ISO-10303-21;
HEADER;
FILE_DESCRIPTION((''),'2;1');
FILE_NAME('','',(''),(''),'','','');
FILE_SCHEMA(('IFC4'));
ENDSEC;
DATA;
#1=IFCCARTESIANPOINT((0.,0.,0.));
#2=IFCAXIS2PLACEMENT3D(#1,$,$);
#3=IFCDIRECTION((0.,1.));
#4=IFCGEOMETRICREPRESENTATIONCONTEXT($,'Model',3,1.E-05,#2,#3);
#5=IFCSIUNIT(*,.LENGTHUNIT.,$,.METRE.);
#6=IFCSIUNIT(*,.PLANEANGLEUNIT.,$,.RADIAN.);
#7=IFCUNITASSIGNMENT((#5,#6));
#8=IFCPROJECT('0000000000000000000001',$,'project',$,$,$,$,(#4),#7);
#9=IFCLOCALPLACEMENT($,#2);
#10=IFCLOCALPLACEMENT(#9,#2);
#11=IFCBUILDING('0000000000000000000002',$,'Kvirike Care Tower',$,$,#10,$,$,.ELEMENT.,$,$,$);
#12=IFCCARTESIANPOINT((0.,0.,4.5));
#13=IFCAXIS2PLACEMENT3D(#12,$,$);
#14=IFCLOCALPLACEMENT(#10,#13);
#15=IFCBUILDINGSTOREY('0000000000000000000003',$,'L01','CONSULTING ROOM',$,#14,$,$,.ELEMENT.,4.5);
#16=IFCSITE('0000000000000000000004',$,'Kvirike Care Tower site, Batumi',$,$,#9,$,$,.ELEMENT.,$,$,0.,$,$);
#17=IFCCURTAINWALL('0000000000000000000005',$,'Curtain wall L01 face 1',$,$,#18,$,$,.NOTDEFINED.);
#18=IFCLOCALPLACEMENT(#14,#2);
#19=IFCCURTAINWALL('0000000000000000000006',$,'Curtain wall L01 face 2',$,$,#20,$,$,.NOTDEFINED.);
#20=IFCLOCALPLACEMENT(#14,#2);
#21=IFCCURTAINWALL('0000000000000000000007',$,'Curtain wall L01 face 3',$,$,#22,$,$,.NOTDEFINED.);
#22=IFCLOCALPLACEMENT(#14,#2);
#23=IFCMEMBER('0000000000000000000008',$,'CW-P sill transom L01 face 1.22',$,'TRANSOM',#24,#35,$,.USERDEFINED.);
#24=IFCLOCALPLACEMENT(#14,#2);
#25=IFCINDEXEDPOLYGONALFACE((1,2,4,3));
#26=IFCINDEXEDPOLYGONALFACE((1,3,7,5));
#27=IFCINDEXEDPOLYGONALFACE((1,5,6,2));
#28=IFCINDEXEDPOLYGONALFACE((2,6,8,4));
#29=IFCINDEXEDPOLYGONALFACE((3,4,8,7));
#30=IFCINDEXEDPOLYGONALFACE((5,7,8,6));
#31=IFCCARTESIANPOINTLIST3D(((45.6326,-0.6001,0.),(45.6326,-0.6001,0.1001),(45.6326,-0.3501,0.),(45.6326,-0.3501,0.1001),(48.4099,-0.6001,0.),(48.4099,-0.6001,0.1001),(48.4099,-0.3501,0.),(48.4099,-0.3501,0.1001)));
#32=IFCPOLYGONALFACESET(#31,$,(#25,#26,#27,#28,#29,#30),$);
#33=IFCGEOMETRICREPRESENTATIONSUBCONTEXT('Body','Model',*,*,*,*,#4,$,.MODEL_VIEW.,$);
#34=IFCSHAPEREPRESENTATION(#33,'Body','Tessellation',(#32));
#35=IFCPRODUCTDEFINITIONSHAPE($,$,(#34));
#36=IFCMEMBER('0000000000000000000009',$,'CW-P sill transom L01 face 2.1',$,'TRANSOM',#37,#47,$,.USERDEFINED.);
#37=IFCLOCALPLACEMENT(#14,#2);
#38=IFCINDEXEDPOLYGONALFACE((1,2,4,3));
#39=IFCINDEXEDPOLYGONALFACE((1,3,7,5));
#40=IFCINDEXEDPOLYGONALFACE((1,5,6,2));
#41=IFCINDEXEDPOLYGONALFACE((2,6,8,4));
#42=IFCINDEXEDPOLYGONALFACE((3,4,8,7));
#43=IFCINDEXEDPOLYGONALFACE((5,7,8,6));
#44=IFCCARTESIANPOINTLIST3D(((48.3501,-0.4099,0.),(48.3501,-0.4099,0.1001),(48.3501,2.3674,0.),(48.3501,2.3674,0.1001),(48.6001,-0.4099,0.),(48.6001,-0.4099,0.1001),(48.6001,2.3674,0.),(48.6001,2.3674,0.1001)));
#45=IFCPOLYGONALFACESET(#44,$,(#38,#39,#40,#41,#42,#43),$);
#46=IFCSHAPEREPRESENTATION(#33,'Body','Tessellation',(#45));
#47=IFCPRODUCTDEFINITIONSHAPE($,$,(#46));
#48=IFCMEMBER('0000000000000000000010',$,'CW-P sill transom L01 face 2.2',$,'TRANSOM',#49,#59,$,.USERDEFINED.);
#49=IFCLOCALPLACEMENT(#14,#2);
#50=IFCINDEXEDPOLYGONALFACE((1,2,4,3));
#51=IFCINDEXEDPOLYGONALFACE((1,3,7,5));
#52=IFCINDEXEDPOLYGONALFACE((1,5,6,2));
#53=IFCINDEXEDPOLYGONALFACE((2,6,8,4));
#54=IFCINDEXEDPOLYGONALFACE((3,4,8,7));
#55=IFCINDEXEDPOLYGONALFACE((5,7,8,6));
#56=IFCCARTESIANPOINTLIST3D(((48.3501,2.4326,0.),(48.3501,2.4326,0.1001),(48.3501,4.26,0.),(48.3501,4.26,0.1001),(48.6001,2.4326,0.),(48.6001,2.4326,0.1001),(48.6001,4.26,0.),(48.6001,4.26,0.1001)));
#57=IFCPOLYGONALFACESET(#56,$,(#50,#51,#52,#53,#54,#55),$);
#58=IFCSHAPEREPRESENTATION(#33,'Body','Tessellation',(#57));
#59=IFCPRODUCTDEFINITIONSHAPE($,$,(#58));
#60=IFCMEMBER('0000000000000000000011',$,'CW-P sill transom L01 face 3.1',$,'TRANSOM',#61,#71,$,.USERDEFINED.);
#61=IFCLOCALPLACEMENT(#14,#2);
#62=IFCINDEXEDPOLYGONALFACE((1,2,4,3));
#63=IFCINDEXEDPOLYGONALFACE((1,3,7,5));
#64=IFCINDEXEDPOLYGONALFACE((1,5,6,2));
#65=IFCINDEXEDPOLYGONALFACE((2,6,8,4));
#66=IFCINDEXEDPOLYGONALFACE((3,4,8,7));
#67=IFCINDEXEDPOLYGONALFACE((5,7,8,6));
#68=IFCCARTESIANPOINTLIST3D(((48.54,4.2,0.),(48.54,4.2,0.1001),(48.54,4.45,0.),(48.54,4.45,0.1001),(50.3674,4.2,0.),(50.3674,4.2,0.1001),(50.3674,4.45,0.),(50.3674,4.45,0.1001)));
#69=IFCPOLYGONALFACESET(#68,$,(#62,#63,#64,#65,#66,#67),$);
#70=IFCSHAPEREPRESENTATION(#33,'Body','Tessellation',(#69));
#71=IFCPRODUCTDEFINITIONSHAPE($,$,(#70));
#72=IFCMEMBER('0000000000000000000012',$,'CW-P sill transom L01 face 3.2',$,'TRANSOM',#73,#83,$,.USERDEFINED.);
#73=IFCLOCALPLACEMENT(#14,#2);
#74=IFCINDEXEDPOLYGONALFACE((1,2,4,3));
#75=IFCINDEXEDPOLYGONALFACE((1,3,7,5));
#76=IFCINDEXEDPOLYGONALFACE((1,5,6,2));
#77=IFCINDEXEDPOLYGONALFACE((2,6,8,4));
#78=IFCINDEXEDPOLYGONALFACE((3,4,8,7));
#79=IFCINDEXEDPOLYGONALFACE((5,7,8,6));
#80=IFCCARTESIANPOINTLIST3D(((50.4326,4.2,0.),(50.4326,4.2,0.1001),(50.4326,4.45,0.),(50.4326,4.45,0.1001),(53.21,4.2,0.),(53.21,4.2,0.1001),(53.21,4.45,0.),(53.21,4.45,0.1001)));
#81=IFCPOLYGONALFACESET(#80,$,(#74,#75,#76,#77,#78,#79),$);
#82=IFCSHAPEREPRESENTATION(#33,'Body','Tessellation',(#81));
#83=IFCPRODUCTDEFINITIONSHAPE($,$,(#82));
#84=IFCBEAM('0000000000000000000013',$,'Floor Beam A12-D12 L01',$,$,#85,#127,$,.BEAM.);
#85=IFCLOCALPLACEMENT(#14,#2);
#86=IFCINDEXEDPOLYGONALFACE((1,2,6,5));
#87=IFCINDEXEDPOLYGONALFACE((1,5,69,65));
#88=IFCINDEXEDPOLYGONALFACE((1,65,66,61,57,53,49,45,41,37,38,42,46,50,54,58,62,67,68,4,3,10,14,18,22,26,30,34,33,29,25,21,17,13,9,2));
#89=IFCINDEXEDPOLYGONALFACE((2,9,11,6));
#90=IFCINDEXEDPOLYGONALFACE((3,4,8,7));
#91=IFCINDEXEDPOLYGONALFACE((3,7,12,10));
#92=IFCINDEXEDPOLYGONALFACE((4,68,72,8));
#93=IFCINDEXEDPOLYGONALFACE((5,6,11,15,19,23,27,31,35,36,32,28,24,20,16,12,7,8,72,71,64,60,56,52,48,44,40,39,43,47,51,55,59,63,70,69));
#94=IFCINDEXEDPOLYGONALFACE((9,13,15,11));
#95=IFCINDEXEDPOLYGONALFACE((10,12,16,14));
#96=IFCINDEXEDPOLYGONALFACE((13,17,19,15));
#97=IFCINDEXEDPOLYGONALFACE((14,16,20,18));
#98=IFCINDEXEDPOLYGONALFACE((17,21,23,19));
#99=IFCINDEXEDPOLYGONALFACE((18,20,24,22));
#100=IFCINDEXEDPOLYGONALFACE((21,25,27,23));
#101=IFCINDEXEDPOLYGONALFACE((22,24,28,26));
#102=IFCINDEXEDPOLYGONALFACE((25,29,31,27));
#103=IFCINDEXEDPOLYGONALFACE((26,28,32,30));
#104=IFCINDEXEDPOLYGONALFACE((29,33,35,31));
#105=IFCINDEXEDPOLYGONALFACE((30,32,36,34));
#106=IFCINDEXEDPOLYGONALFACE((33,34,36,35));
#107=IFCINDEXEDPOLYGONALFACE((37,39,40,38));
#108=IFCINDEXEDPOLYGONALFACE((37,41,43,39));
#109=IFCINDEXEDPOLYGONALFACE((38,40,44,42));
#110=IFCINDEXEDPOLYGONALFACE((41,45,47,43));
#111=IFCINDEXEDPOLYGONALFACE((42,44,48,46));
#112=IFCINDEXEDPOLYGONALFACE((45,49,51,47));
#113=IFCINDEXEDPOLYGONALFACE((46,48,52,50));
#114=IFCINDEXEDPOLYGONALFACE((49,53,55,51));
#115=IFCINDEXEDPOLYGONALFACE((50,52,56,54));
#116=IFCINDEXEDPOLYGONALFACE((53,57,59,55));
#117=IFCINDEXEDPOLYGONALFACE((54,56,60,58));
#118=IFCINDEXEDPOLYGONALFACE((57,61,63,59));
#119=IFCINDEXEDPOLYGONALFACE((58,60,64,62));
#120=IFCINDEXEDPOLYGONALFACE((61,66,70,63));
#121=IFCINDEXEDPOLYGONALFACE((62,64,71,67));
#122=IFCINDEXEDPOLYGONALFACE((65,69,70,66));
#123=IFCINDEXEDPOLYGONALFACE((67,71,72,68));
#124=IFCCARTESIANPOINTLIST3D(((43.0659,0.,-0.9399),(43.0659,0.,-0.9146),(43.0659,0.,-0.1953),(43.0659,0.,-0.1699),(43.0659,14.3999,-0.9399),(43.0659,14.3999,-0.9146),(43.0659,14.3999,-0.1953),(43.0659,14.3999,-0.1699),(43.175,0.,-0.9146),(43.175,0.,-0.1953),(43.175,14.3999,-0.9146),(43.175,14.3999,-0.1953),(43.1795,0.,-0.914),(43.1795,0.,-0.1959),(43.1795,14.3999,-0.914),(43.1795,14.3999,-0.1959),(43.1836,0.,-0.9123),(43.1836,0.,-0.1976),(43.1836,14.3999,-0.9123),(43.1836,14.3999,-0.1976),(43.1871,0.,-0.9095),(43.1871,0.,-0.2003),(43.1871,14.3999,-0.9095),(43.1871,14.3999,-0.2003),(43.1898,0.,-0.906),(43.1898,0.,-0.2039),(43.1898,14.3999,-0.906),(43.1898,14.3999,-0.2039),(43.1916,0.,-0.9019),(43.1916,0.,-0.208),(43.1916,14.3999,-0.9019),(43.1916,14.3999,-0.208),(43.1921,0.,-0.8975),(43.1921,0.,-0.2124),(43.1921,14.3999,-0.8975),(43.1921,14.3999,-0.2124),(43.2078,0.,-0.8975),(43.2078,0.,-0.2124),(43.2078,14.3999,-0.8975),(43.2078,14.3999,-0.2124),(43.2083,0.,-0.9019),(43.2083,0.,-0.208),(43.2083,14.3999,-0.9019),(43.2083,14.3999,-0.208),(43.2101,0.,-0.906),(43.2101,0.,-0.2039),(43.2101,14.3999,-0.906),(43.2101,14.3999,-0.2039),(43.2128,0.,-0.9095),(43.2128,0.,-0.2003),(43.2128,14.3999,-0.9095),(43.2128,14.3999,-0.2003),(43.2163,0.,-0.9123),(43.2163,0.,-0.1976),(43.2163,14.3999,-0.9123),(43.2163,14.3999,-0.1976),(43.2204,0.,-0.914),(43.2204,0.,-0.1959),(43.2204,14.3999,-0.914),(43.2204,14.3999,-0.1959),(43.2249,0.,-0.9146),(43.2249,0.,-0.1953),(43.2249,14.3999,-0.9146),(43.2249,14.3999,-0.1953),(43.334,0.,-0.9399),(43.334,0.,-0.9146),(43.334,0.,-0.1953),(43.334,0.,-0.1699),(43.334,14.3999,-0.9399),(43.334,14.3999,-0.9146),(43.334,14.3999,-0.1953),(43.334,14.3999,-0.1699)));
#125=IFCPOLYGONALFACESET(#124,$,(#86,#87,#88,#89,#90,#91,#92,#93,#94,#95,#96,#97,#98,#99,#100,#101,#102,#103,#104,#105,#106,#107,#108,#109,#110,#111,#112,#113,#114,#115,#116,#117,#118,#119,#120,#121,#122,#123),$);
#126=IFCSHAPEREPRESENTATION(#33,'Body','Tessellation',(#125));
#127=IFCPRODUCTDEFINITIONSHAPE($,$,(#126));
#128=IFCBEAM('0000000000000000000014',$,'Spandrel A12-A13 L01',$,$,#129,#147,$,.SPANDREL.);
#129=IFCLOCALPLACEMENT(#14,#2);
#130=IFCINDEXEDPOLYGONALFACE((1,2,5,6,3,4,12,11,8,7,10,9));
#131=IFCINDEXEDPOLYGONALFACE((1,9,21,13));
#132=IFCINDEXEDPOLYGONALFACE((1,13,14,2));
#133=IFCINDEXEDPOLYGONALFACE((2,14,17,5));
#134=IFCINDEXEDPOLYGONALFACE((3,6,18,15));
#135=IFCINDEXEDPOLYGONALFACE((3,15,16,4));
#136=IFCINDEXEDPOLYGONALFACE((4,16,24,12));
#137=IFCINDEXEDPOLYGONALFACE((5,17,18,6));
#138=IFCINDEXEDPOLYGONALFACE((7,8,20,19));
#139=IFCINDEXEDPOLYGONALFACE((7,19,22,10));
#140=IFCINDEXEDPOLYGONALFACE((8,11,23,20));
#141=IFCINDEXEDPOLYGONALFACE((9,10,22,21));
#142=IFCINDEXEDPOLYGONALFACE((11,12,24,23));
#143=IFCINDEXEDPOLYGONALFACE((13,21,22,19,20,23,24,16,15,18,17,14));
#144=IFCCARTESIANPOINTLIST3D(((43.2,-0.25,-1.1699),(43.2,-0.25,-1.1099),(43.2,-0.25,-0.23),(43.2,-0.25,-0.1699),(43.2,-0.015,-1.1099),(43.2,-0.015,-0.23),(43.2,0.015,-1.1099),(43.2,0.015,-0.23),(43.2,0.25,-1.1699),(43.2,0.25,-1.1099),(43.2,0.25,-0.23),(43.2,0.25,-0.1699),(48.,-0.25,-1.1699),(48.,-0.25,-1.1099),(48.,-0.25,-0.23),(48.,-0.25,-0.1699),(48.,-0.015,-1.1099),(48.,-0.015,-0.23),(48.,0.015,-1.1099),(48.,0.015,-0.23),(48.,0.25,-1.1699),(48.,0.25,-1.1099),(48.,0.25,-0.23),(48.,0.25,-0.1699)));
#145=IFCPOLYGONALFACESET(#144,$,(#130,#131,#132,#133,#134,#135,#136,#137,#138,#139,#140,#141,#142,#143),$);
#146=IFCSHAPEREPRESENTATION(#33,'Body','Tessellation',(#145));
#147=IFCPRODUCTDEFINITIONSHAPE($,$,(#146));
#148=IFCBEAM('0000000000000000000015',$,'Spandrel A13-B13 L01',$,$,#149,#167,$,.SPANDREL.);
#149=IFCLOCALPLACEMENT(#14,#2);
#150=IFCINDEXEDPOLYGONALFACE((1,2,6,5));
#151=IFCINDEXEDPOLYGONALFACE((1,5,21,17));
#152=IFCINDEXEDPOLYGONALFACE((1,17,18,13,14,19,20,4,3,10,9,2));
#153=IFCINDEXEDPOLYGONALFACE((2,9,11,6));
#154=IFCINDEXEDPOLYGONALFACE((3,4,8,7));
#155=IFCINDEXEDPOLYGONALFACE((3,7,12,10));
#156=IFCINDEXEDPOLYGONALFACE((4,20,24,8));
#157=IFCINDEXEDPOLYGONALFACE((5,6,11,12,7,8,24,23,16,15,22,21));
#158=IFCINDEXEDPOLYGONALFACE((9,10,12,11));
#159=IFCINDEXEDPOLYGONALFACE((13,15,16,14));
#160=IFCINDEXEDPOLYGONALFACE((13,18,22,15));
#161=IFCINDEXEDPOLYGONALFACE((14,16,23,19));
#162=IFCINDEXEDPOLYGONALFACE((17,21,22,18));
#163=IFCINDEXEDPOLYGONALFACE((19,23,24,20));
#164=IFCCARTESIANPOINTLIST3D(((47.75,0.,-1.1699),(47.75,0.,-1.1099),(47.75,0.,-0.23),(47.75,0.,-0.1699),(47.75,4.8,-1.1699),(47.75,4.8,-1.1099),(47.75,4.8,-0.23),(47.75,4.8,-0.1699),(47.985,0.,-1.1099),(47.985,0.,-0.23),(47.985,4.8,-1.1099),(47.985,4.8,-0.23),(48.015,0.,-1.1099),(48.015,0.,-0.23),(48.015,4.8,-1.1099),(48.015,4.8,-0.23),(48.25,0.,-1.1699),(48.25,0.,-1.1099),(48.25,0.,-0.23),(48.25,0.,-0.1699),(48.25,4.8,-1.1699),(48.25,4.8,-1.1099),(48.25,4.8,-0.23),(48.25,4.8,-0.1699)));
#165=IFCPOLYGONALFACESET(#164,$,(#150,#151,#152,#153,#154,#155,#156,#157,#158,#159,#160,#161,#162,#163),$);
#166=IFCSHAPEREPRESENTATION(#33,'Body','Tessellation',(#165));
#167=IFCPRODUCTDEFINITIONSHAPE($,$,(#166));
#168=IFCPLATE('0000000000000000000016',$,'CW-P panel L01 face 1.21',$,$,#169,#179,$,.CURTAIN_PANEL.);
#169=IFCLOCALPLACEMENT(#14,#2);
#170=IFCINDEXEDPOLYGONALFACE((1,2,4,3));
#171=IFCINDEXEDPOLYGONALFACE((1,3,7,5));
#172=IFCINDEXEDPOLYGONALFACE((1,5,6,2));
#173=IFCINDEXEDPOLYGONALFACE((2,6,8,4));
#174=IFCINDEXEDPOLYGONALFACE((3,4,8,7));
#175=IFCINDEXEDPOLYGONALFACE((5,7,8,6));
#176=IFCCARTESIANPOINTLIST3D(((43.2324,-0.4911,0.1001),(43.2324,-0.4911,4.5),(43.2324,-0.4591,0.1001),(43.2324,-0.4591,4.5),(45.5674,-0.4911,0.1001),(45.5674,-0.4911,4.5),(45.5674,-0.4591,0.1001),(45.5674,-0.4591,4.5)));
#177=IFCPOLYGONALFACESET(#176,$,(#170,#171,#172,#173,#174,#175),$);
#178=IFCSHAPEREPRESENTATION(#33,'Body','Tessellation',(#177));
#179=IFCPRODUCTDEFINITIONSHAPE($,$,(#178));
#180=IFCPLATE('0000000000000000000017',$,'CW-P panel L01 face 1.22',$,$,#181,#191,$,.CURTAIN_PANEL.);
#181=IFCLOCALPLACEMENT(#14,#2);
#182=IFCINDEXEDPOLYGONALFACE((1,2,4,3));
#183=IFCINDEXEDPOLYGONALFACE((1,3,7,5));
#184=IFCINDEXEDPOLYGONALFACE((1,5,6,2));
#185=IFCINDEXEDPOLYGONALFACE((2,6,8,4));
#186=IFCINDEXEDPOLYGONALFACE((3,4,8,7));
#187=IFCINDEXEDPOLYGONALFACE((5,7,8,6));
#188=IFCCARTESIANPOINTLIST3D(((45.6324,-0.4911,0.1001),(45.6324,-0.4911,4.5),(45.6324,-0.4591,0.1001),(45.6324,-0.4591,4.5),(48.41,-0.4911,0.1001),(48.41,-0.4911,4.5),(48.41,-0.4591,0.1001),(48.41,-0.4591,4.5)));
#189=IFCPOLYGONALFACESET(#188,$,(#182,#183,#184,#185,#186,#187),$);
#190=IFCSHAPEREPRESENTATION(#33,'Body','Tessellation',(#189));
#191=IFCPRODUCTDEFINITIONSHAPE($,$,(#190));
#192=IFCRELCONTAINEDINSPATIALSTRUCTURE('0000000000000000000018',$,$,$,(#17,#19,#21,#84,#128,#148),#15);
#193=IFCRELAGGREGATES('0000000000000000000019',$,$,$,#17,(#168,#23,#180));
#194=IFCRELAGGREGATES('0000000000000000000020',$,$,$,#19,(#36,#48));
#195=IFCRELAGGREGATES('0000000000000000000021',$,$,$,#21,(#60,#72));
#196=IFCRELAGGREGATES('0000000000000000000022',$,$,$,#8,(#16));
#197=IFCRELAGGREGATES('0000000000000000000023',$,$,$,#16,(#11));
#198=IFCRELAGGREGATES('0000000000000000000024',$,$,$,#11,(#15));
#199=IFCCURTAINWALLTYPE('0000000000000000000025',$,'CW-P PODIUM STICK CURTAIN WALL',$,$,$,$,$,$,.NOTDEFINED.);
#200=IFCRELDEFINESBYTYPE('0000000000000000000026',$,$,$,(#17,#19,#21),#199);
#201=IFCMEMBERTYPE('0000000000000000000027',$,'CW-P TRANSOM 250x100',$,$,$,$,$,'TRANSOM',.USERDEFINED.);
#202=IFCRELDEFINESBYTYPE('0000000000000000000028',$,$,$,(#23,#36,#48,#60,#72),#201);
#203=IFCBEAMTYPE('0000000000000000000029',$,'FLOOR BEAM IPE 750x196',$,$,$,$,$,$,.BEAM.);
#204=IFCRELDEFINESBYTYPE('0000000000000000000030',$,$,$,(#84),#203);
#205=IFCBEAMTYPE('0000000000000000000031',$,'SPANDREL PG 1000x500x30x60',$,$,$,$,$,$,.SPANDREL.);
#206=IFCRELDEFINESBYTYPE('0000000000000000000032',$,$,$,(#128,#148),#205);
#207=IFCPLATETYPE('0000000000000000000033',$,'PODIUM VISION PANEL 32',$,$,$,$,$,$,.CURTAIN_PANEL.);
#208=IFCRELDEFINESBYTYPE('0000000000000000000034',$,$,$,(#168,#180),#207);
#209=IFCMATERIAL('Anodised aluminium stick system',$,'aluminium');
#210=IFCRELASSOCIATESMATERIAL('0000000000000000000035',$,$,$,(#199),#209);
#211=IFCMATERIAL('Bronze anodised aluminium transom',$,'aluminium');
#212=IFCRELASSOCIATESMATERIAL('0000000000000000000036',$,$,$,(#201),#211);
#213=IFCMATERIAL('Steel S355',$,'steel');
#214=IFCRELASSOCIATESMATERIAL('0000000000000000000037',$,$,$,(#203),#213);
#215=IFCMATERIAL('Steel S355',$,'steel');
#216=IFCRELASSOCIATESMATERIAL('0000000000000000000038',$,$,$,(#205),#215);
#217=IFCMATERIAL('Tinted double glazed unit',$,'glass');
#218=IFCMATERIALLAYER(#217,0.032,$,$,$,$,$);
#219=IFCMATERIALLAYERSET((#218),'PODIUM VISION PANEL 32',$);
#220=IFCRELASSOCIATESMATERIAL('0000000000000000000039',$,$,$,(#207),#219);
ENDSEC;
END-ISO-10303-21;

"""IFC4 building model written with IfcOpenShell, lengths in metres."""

from ifc_helpers import new_model, si_unit, direction, frame, origin, origin_2d, place, context, subcontext, project, spatial, rectangle, i_section, extrude, material, layer, layer_set, material_profile, profile_set, type_object, element, aggregate, save


model = new_model("IFC4")

# Units and contexts
model_context = context("Model", 3, precision=1e-05, world=origin(), true_north=direction((0.0, 1.0)))
body_context = subcontext(model_context, "Body", "Model", "MODEL_VIEW")
ifc_project = project(units=[si_unit("LENGTHUNIT", "METRE"), si_unit("PLANEANGLEUNIT", "RADIAN")], contexts=[model_context])

# Site, building, storey
site_placement = place(None, origin())
site = spatial("IfcSite", under=ifc_project, at=site_placement, Name="Kvirike Care Tower site, Batumi", CompositionType="ELEMENT", RefElevation=0.0)
building_placement = place(site_placement, origin())
building = spatial("IfcBuilding", under=site, at=building_placement, Name="Kvirike Care Tower", CompositionType="ELEMENT")
storey_placement = place(building_placement, frame((0.0, 0.0, 4.5)))
storey = spatial("IfcBuildingStorey", under=building, at=storey_placement, Name="L01", Description="CONSULTING ROOM", CompositionType="ELEMENT", Elevation=4.5)

# Curtain walls
ifc_material_1 = material(Name="Anodised aluminium stick system", Category="aluminium")
curtain_wall_type = type_object("IfcCurtainWallType", Name="CW-P PODIUM STICK CURTAIN WALL", PredefinedType="NOTDEFINED", material=ifc_material_1)
curtain_wall_1_placement = place(storey_placement, origin())
curtain_wall_1 = element("IfcCurtainWall", 1, at=curtain_wall_1_placement, inside=storey, type_object=curtain_wall_type, Name="Curtain wall L01 face 1", PredefinedType="NOTDEFINED")
curtain_wall_2_placement = place(storey_placement, origin())
curtain_wall_2 = element("IfcCurtainWall", 2, at=curtain_wall_2_placement, inside=storey, type_object=curtain_wall_type, Name="Curtain wall L01 face 2", PredefinedType="NOTDEFINED")
curtain_wall_3_placement = place(storey_placement, origin())
curtain_wall_3 = element("IfcCurtainWall", 3, at=curtain_wall_3_placement, inside=storey, type_object=curtain_wall_type, Name="Curtain wall L01 face 3", PredefinedType="NOTDEFINED")

# Members
ifc_material_2 = material(Name="Bronze anodised aluminium transom", Category="aluminium")
ifc_material_profile_1 = material_profile(ifc_material_2, rectangle(XDim=0.25, YDim=0.1001, at=origin_2d()), Name="CW-P TRANSOM 250x100")
ifc_profile_set_1 = profile_set([ifc_material_profile_1], Name="Bronze anodised aluminium transom")
member_type_1 = type_object("IfcMemberType", Name="CW-P TRANSOM 250x100", ElementType="TRANSOM", PredefinedType="USERDEFINED", material=ifc_profile_set_1)
member_1_placement = place(storey_placement, frame((45.6326, -0.4751, 0.05), z_axis=(1.0, 0.0, 0.0), x_axis=(0.0, 1.0, 0.0)))
member_1 = element("IfcMember", 4, at=member_1_placement, type_object=member_type_1, Name="CW-P sill transom L01 face 1.22", ObjectType="TRANSOM", PredefinedType="USERDEFINED", context=body_context, shape_type="SweptSolid", body=[
    extrude(rectangle(XDim=0.25, YDim=0.1001, at=origin_2d()), origin(), (0.0, 0.0, 1.0), 2.7773),
])
member_2_placement = place(storey_placement, frame((48.4751, -0.4099, 0.05), z_axis=(0.0, 1.0, 0.0), x_axis=(-1.0, 0.0, 0.0)))
member_2 = element("IfcMember", 5, at=member_2_placement, type_object=member_type_1, Name="CW-P sill transom L01 face 2.1", ObjectType="TRANSOM", PredefinedType="USERDEFINED", context=body_context, shape_type="SweptSolid", body=[
    extrude(rectangle(XDim=0.25, YDim=0.1001, at=origin_2d()), origin(), (0.0, 0.0, 1.0), 2.7773),
])
member_3_placement = place(storey_placement, frame((48.4751, 2.4326, 0.05), z_axis=(0.0, 1.0, 0.0), x_axis=(-1.0, 0.0, 0.0)))
member_3 = element("IfcMember", 6, at=member_3_placement, type_object=member_type_1, Name="CW-P sill transom L01 face 2.2", ObjectType="TRANSOM", PredefinedType="USERDEFINED", context=body_context, shape_type="SweptSolid", body=[
    extrude(rectangle(XDim=0.25, YDim=0.1001, at=origin_2d()), origin(), (0.0, 0.0, 1.0), 1.8274),
])
member_4_placement = place(storey_placement, frame((48.54, 4.325, 0.05), z_axis=(1.0, 0.0, 0.0), x_axis=(0.0, 1.0, 0.0)))
member_4 = element("IfcMember", 7, at=member_4_placement, type_object=member_type_1, Name="CW-P sill transom L01 face 3.1", ObjectType="TRANSOM", PredefinedType="USERDEFINED", context=body_context, shape_type="SweptSolid", body=[
    extrude(rectangle(XDim=0.25, YDim=0.1001, at=origin_2d()), origin(), (0.0, 0.0, 1.0), 1.8274),
])
member_5_placement = place(storey_placement, frame((50.4326, 4.325, 0.05), z_axis=(1.0, 0.0, 0.0), x_axis=(0.0, 1.0, 0.0)))
member_5 = element("IfcMember", 8, at=member_5_placement, type_object=member_type_1, Name="CW-P sill transom L01 face 3.2", ObjectType="TRANSOM", PredefinedType="USERDEFINED", context=body_context, shape_type="SweptSolid", body=[
    extrude(rectangle(XDim=0.25, YDim=0.1001, at=origin_2d()), origin(), (0.0, 0.0, 1.0), 2.7773),
])

# Beams
ifc_material_3 = material(Name="Steel S355", Category="steel")
ifc_material_profile_2 = material_profile(ifc_material_3, i_section(OverallWidth=0.2681, OverallDepth=0.77, WebThickness=0.0156, FlangeThickness=0.0254, FilletRadius=0.0171, at=origin_2d()), Name="IPE 750x196")
ifc_profile_set_2 = profile_set([ifc_material_profile_2], Name="Steel S355")
beam_type_1 = type_object("IfcBeamType", Name="FLOOR BEAM IPE 750x196", PredefinedType="BEAM", material=ifc_profile_set_2)
beam_placement = place(storey_placement, frame((43.2, 0.0, -0.5549), z_axis=(0.0, 1.0, 0.0), x_axis=(-1.0, 0.0, 0.0)))
element("IfcBeam", 9, at=beam_placement, inside=storey, type_object=beam_type_1, Name="Floor Beam A12-D12 L01", PredefinedType="BEAM", context=body_context, shape_type="SweptSolid", body=[
    extrude(i_section(OverallWidth=0.2681, OverallDepth=0.77, WebThickness=0.0156, FlangeThickness=0.0254, FilletRadius=0.0171, at=origin_2d()), origin(), (0.0, 0.0, 1.0), 14.3999),
])
ifc_material_4 = material(Name="Steel S355", Category="steel")
ifc_material_profile_3 = material_profile(ifc_material_4, i_section(OverallWidth=0.5, OverallDepth=1.0, WebThickness=0.03, FlangeThickness=0.0601, at=origin_2d()), Name="PG 1000x500x30x60")
ifc_profile_set_3 = profile_set([ifc_material_profile_3], Name="Steel S355")
beam_type_2 = type_object("IfcBeamType", Name="SPANDREL PG 1000x500x30x60", PredefinedType="SPANDREL", material=ifc_profile_set_3)
for number, where, z_axis, x_axis, name in (
    (10, (43.2, 0.0, -0.6699), (1.0, 0.0, 0.0), (0.0, 1.0, 0.0), "Spandrel A12-A13 L01"),
    (11, (48.0, 0.0, -0.6699), (0.0, 1.0, 0.0), (-1.0, 0.0, 0.0), "Spandrel A13-B13 L01"),
):
    element("IfcBeam", number, at=place(storey_placement, frame(where, z_axis=z_axis, x_axis=x_axis)), inside=storey, type_object=beam_type_2, Name=name, PredefinedType="SPANDREL", context=body_context, shape_type="SweptSolid", body=[
        extrude(i_section(OverallWidth=0.5, OverallDepth=1.0, WebThickness=0.03, FlangeThickness=0.0601, at=origin_2d()), origin(), (0.0, 0.0, 1.0), 4.8),
    ])

# Plates
ifc_material_5 = material(Name="Tinted double glazed unit", Category="glass")
ifc_layer = layer(ifc_material_5, 0.032)
ifc_layer_set = layer_set([ifc_layer], Name="PODIUM VISION PANEL 32")
plate_type = type_object("IfcPlateType", Name="PODIUM VISION PANEL 32", PredefinedType="CURTAIN_PANEL", material=ifc_layer_set)
plate_1_placement = place(storey_placement, frame((44.3999, -0.4751, 0.1001), z_axis=(0.0, 0.0, 1.0), x_axis=(1.0, 0.0, 0.0)))
plate_1 = element("IfcPlate", 12, at=plate_1_placement, type_object=plate_type, Name="CW-P panel L01 face 1.21", PredefinedType="CURTAIN_PANEL", context=body_context, shape_type="SweptSolid", body=[
    extrude(rectangle(XDim=2.335, YDim=0.032, at=origin_2d()), origin(), (0.0, 0.0, 1.0), 4.3999),
])
plate_2_placement = place(storey_placement, frame((47.0212, -0.4751, 0.1001), z_axis=(0.0, 0.0, 1.0), x_axis=(1.0, 0.0, 0.0)))
plate_2 = element("IfcPlate", 13, at=plate_2_placement, type_object=plate_type, Name="CW-P panel L01 face 1.22", PredefinedType="CURTAIN_PANEL", context=body_context, shape_type="SweptSolid", body=[
    extrude(rectangle(XDim=2.7776, YDim=0.032, at=origin_2d()), origin(), (0.0, 0.0, 1.0), 4.3999),
])
aggregate(curtain_wall_1, [plate_1, member_1, plate_2])
aggregate(curtain_wall_2, [member_2, member_3])
aggregate(curtain_wall_3, [member_4, member_5])

save(model, "model.ifc")
